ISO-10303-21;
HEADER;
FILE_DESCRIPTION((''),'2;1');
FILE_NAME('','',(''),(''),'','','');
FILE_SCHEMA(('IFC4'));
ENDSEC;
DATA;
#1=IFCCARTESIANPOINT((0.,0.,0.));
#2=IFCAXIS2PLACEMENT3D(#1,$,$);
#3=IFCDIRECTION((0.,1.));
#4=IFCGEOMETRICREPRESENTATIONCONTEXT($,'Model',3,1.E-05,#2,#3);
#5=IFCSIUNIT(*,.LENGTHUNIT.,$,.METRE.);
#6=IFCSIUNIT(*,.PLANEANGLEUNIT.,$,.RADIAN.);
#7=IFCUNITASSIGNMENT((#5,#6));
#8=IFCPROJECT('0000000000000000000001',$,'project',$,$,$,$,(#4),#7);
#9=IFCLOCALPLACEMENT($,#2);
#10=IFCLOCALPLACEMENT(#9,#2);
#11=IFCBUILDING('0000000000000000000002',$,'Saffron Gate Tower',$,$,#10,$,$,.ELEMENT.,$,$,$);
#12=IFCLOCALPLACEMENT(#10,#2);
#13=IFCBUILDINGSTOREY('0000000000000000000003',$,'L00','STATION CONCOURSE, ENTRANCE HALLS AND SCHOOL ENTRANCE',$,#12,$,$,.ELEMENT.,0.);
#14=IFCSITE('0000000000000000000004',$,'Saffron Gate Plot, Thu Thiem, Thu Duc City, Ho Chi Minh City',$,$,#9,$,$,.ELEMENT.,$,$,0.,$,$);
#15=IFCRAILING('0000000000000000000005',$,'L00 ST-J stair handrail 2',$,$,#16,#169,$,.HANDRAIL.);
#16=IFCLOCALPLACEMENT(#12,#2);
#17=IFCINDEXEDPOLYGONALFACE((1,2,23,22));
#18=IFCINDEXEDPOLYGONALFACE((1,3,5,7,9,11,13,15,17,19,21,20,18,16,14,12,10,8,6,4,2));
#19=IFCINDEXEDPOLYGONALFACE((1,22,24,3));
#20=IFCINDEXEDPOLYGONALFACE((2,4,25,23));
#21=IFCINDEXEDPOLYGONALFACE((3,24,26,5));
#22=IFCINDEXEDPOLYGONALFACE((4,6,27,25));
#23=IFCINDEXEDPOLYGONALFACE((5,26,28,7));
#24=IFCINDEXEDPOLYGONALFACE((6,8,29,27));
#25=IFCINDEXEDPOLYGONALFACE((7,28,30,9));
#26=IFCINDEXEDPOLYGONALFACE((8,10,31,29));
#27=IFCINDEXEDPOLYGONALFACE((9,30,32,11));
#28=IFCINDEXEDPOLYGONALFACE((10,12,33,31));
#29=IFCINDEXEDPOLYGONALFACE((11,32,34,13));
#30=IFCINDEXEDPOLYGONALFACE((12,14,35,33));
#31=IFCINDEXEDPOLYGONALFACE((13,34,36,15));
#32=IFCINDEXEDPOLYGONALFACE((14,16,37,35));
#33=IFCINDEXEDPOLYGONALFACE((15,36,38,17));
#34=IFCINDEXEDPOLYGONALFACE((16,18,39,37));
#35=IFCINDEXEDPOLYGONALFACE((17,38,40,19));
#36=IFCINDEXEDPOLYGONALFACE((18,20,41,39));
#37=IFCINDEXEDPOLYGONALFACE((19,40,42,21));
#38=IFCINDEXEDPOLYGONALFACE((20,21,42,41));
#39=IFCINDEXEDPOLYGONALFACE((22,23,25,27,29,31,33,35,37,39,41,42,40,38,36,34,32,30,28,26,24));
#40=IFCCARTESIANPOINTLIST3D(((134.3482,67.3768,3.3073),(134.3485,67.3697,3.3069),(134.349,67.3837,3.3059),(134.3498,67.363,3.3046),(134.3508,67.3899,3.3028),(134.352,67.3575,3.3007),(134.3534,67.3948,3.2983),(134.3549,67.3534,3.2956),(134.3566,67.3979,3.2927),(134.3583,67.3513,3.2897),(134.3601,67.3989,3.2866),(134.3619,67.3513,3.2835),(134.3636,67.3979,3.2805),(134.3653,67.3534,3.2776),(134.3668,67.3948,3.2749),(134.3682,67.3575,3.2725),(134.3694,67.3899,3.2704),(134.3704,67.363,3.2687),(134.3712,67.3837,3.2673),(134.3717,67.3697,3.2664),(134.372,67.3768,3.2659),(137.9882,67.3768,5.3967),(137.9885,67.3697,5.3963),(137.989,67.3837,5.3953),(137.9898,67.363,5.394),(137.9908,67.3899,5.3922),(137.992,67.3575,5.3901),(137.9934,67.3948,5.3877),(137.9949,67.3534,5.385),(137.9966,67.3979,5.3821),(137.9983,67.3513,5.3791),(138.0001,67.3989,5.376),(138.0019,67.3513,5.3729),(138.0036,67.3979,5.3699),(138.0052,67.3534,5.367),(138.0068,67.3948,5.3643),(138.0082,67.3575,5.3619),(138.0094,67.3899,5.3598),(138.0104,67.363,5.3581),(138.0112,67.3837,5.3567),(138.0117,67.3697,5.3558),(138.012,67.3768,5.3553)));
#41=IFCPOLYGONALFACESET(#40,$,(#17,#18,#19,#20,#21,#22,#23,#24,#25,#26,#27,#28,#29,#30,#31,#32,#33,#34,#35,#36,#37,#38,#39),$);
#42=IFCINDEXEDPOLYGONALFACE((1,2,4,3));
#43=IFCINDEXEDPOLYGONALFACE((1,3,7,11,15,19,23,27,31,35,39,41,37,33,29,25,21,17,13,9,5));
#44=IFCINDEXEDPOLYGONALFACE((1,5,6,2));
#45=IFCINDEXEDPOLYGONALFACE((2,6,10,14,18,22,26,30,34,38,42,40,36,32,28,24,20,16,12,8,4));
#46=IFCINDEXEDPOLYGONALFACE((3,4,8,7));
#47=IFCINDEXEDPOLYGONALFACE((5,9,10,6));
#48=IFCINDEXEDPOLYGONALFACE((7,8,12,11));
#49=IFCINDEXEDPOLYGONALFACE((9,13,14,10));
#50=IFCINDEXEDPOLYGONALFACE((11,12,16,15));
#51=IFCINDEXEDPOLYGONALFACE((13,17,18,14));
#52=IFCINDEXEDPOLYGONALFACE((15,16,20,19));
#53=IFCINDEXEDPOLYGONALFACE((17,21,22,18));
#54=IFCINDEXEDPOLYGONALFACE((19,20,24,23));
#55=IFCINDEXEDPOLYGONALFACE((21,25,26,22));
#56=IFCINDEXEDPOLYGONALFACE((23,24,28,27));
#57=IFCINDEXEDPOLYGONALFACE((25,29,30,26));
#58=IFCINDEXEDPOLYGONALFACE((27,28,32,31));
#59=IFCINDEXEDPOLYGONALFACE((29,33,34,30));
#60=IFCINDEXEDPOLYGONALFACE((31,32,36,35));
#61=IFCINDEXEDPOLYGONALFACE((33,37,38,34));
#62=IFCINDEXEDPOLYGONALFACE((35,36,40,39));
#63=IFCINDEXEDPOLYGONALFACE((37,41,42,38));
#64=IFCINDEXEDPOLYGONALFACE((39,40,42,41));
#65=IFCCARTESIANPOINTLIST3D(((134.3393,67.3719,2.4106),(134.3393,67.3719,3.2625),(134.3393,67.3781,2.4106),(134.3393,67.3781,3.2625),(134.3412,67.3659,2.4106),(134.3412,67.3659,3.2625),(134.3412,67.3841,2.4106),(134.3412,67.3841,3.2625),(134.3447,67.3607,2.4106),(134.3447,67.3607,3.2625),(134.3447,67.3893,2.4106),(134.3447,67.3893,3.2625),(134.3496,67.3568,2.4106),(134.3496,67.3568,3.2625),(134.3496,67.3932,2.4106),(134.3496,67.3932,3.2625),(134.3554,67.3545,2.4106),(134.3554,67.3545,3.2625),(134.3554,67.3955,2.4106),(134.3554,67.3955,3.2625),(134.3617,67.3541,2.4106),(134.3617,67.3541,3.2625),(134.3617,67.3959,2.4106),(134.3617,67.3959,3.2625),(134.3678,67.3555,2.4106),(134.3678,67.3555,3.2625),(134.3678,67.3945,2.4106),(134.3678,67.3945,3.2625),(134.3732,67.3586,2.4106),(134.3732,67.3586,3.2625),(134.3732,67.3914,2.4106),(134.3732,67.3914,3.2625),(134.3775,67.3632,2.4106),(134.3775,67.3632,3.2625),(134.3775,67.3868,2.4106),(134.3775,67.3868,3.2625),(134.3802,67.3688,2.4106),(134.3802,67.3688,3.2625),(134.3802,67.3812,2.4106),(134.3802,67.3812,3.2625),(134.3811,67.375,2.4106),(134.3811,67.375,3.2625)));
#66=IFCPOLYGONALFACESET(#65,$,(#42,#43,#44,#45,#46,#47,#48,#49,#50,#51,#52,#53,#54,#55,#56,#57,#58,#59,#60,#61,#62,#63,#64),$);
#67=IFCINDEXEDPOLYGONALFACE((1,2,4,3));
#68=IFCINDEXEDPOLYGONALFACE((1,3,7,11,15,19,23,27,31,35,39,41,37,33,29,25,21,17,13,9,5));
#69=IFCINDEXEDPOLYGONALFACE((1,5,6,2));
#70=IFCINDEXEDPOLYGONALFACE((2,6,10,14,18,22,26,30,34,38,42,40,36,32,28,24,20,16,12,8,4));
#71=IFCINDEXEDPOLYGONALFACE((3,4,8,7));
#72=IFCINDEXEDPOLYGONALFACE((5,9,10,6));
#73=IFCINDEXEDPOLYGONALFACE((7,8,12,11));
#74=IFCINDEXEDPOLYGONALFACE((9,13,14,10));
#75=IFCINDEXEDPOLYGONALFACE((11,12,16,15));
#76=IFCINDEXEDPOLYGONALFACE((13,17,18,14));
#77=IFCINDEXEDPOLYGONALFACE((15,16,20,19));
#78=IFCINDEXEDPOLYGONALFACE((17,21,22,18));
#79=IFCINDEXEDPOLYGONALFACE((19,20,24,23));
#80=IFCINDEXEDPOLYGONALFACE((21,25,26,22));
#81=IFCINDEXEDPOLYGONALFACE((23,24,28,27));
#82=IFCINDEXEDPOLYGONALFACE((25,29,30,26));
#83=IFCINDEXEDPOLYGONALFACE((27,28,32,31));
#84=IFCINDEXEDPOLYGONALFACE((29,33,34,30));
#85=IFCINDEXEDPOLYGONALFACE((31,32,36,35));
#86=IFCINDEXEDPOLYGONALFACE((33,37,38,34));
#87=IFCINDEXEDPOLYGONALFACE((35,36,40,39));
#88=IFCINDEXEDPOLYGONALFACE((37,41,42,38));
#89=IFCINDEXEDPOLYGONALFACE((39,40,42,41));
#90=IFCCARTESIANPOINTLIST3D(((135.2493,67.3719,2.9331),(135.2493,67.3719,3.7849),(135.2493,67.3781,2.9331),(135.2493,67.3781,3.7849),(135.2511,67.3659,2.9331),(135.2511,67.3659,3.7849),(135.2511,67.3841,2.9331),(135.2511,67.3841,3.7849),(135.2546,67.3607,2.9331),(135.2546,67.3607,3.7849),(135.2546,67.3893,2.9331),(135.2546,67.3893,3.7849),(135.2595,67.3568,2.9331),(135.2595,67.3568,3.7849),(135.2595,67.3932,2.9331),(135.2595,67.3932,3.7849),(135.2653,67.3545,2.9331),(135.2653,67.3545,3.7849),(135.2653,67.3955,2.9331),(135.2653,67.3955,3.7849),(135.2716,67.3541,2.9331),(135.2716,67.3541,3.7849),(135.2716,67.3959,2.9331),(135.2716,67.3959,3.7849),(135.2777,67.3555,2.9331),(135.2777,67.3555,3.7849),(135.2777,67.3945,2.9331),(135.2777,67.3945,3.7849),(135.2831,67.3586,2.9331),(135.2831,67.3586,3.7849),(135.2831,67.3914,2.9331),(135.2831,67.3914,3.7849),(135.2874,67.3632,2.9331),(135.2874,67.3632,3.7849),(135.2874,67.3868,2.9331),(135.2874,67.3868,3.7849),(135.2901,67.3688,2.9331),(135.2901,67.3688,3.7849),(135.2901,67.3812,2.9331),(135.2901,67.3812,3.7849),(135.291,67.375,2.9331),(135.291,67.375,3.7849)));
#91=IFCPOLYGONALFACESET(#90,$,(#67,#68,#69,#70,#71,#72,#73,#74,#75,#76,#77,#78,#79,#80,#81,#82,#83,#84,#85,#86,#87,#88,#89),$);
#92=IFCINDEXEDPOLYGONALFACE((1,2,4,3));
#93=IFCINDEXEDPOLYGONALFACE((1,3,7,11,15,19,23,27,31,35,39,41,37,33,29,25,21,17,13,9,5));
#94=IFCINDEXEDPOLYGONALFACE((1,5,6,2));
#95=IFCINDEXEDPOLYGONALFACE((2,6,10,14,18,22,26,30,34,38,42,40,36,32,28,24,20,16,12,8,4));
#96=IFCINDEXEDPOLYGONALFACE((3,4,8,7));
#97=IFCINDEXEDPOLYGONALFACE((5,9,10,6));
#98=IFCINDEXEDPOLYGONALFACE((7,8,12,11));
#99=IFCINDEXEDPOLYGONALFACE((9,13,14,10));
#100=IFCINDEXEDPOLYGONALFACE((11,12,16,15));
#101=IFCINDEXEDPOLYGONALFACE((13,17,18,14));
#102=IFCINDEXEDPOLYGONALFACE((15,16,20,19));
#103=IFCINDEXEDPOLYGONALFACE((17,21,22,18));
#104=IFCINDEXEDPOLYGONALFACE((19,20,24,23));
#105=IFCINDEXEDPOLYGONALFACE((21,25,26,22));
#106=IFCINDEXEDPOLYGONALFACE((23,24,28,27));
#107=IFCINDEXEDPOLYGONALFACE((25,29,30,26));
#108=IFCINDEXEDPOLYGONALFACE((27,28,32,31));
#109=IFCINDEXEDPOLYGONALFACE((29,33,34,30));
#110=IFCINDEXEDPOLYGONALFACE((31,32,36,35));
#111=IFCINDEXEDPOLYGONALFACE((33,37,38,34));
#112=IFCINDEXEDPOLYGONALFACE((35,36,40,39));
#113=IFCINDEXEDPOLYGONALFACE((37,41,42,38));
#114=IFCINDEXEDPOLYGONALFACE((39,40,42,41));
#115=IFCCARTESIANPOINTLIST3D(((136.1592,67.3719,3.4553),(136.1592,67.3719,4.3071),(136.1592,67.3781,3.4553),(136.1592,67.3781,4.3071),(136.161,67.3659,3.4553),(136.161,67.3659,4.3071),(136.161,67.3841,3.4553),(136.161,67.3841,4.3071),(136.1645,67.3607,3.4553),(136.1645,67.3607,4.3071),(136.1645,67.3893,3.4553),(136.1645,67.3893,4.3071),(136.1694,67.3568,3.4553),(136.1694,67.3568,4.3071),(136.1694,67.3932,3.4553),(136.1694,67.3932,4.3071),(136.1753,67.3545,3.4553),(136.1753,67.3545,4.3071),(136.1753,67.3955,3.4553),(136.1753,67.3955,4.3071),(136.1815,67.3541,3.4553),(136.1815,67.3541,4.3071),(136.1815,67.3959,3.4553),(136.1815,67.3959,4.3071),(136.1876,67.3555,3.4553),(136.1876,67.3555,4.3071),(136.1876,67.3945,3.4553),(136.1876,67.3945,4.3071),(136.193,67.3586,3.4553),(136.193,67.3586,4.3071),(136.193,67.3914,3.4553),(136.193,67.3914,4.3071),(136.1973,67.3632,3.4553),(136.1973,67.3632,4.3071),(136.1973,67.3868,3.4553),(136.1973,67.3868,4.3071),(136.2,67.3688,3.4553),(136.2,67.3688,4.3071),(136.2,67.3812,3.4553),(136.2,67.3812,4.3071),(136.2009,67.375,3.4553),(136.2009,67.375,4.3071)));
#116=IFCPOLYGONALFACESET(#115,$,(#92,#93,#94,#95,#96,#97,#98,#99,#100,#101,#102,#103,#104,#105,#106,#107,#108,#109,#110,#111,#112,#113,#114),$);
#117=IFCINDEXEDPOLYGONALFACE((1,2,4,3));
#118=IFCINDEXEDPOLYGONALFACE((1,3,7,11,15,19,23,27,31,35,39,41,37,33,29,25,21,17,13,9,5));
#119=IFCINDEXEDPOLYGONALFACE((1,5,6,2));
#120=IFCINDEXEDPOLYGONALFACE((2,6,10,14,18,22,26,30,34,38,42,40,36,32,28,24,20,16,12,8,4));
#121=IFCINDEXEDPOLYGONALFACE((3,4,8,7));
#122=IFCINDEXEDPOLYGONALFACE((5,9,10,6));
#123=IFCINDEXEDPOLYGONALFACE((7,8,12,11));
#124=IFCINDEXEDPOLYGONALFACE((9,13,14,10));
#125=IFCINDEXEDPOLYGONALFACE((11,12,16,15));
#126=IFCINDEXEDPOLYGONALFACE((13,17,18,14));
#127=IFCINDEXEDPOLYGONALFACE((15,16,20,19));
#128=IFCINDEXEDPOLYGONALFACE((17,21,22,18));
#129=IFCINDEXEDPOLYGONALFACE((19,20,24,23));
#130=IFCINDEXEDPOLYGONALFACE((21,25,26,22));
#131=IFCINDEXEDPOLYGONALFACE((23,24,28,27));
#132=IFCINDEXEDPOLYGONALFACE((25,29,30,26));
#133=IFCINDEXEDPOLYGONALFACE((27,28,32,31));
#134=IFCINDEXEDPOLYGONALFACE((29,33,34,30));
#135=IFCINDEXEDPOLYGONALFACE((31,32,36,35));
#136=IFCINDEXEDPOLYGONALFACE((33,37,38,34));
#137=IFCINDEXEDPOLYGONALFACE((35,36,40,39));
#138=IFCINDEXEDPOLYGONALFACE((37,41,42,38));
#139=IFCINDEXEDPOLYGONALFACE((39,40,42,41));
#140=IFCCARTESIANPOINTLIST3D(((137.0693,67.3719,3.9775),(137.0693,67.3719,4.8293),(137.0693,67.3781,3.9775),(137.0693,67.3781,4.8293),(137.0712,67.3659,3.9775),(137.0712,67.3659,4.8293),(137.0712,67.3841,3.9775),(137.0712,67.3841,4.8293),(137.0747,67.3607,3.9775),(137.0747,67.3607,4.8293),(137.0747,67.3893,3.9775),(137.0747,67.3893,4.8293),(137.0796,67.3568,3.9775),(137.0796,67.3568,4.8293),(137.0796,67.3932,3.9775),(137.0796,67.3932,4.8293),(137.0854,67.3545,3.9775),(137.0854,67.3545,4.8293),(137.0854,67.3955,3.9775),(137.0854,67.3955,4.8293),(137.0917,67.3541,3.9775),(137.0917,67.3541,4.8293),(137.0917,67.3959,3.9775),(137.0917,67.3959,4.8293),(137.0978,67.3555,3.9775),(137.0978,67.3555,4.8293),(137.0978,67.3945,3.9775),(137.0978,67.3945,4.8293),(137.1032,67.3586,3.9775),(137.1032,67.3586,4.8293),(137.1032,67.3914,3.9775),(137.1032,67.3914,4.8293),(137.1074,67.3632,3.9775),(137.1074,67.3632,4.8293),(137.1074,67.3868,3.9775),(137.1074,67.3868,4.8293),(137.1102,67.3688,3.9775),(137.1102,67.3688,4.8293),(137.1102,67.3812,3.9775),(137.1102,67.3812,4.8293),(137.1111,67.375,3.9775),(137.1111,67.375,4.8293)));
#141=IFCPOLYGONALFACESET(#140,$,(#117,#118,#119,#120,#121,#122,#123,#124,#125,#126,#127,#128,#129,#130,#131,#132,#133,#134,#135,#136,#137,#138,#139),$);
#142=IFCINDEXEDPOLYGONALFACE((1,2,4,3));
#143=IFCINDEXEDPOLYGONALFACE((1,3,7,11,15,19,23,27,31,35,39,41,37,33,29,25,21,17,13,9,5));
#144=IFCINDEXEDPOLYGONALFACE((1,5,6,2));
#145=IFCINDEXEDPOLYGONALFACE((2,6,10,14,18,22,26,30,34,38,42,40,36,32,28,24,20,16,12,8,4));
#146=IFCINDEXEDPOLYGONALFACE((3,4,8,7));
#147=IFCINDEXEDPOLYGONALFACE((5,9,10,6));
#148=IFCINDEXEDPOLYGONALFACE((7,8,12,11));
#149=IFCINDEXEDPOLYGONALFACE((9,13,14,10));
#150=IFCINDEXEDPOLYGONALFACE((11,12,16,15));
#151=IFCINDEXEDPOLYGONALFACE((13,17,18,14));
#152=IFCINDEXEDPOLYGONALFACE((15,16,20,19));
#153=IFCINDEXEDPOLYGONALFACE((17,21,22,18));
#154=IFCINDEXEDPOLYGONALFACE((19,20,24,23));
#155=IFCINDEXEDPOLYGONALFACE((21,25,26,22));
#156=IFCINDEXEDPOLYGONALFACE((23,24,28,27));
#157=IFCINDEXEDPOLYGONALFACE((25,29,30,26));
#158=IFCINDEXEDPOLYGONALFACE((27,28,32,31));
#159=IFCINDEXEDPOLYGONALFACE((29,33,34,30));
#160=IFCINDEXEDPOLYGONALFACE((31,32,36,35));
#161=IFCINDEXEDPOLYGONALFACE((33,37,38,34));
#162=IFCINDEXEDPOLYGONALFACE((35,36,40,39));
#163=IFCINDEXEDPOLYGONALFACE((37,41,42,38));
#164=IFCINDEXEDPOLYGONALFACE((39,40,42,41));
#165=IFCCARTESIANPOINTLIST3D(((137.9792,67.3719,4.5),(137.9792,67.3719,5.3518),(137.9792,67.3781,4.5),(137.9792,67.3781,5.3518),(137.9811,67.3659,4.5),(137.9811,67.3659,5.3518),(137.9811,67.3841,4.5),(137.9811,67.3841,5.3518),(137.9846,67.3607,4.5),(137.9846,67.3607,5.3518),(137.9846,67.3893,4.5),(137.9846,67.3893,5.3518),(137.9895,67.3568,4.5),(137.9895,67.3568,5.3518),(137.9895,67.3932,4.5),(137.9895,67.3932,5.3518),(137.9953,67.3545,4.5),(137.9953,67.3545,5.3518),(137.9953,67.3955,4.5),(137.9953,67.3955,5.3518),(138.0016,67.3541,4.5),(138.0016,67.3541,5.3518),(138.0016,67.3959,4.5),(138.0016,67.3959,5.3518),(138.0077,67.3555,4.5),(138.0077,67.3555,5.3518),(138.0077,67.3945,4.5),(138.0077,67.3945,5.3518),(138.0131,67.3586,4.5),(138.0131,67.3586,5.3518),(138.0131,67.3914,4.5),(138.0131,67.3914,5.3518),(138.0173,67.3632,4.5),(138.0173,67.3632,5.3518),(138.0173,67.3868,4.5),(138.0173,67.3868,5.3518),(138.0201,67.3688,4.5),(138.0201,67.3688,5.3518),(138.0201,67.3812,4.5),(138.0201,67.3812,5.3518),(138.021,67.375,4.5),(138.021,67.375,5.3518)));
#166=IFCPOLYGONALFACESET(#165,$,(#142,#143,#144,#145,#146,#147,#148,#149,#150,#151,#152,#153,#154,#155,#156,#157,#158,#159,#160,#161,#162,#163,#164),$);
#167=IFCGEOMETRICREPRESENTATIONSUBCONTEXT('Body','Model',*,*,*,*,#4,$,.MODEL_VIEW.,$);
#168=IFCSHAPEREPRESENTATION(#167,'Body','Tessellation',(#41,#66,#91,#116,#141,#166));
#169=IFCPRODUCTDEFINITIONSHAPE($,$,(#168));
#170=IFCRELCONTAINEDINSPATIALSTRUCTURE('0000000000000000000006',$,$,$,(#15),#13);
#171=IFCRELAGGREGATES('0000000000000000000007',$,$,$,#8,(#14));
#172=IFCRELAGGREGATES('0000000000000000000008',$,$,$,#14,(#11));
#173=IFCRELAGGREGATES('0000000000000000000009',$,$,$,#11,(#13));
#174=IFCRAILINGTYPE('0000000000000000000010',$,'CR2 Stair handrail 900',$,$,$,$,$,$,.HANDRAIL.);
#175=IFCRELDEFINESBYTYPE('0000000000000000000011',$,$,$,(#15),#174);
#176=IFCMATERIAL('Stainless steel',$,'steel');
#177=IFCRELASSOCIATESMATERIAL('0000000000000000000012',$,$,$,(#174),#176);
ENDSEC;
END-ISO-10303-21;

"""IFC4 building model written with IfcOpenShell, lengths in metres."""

from ifc_helpers import new_model, si_unit, direction, frame, origin, origin_2d, place, context, subcontext, project, spatial, circle, extrude, material, type_object, element, save


model = new_model("IFC4")

# Units and contexts
model_context = context("Model", 3, precision=1e-05, world=origin(), true_north=direction((0.0, 1.0)))
body_context = subcontext(model_context, "Body", "Model", "MODEL_VIEW")
ifc_project = project(units=[si_unit("LENGTHUNIT", "METRE"), si_unit("PLANEANGLEUNIT", "RADIAN")], contexts=[model_context])

# Site, building, storey
site_placement = place(None, origin())
site = spatial("IfcSite", under=ifc_project, at=site_placement, Name="Saffron Gate Plot, Thu Thiem, Thu Duc City, Ho Chi Minh City", CompositionType="ELEMENT", RefElevation=0.0)
building_placement = place(site_placement, origin())
building = spatial("IfcBuilding", under=site, at=building_placement, Name="Saffron Gate Tower", CompositionType="ELEMENT")
storey_placement = place(building_placement, origin())
storey = spatial("IfcBuildingStorey", under=building, at=storey_placement, Name="L00", Description="STATION CONCOURSE, ENTRANCE HALLS AND SCHOOL ENTRANCE", CompositionType="ELEMENT", Elevation=0.0)

# Railing
ifc_material_1 = material(Name="Stainless steel", Category="steel")
railing_type_1 = type_object("IfcRailingType", Name="CR2 Stair handrail 900", PredefinedType="HANDRAIL", material=ifc_material_1)
railing_1_placement = place(storey_placement, frame((134.3601, 67.375, 2.4106)))
element("IfcRailing", 1, at=railing_1_placement, inside=storey, type_object=railing_type_1, Name="L00 ST-J stair handrail 2", PredefinedType="HANDRAIL", context=body_context, shape_type="SweptSolid", body=[
    extrude(circle(Radius=0.0239, at=origin_2d()), frame((0.0, 0.0, 0.876), z_axis=(0.867275, 0.0, 0.497829), x_axis=(0.0, 1.0, 0.0)), (0.0, 0.0, 1.0), 4.197),
    extrude(circle(Radius=0.021, at=origin_2d()), origin(), (0.0, 0.0, 1.0), 0.8518),
    extrude(circle(Radius=0.021, at=origin_2d()), frame((0.9099, 0.0, 0.5225)), (0.0, 0.0, 1.0), 0.8518),
    extrude(circle(Radius=0.021, at=origin_2d()), frame((1.8198, 0.0, 1.0447)), (0.0, 0.0, 1.0), 0.8518),
    extrude(circle(Radius=0.021, at=origin_2d()), frame((2.73, 0.0, 1.5669)), (0.0, 0.0, 1.0), 0.8518),
    extrude(circle(Radius=0.021, at=origin_2d()), frame((3.6399, 0.0, 2.0894)), (0.0, 0.0, 1.0), 0.8518),
])

save(model, "model.ifc")
